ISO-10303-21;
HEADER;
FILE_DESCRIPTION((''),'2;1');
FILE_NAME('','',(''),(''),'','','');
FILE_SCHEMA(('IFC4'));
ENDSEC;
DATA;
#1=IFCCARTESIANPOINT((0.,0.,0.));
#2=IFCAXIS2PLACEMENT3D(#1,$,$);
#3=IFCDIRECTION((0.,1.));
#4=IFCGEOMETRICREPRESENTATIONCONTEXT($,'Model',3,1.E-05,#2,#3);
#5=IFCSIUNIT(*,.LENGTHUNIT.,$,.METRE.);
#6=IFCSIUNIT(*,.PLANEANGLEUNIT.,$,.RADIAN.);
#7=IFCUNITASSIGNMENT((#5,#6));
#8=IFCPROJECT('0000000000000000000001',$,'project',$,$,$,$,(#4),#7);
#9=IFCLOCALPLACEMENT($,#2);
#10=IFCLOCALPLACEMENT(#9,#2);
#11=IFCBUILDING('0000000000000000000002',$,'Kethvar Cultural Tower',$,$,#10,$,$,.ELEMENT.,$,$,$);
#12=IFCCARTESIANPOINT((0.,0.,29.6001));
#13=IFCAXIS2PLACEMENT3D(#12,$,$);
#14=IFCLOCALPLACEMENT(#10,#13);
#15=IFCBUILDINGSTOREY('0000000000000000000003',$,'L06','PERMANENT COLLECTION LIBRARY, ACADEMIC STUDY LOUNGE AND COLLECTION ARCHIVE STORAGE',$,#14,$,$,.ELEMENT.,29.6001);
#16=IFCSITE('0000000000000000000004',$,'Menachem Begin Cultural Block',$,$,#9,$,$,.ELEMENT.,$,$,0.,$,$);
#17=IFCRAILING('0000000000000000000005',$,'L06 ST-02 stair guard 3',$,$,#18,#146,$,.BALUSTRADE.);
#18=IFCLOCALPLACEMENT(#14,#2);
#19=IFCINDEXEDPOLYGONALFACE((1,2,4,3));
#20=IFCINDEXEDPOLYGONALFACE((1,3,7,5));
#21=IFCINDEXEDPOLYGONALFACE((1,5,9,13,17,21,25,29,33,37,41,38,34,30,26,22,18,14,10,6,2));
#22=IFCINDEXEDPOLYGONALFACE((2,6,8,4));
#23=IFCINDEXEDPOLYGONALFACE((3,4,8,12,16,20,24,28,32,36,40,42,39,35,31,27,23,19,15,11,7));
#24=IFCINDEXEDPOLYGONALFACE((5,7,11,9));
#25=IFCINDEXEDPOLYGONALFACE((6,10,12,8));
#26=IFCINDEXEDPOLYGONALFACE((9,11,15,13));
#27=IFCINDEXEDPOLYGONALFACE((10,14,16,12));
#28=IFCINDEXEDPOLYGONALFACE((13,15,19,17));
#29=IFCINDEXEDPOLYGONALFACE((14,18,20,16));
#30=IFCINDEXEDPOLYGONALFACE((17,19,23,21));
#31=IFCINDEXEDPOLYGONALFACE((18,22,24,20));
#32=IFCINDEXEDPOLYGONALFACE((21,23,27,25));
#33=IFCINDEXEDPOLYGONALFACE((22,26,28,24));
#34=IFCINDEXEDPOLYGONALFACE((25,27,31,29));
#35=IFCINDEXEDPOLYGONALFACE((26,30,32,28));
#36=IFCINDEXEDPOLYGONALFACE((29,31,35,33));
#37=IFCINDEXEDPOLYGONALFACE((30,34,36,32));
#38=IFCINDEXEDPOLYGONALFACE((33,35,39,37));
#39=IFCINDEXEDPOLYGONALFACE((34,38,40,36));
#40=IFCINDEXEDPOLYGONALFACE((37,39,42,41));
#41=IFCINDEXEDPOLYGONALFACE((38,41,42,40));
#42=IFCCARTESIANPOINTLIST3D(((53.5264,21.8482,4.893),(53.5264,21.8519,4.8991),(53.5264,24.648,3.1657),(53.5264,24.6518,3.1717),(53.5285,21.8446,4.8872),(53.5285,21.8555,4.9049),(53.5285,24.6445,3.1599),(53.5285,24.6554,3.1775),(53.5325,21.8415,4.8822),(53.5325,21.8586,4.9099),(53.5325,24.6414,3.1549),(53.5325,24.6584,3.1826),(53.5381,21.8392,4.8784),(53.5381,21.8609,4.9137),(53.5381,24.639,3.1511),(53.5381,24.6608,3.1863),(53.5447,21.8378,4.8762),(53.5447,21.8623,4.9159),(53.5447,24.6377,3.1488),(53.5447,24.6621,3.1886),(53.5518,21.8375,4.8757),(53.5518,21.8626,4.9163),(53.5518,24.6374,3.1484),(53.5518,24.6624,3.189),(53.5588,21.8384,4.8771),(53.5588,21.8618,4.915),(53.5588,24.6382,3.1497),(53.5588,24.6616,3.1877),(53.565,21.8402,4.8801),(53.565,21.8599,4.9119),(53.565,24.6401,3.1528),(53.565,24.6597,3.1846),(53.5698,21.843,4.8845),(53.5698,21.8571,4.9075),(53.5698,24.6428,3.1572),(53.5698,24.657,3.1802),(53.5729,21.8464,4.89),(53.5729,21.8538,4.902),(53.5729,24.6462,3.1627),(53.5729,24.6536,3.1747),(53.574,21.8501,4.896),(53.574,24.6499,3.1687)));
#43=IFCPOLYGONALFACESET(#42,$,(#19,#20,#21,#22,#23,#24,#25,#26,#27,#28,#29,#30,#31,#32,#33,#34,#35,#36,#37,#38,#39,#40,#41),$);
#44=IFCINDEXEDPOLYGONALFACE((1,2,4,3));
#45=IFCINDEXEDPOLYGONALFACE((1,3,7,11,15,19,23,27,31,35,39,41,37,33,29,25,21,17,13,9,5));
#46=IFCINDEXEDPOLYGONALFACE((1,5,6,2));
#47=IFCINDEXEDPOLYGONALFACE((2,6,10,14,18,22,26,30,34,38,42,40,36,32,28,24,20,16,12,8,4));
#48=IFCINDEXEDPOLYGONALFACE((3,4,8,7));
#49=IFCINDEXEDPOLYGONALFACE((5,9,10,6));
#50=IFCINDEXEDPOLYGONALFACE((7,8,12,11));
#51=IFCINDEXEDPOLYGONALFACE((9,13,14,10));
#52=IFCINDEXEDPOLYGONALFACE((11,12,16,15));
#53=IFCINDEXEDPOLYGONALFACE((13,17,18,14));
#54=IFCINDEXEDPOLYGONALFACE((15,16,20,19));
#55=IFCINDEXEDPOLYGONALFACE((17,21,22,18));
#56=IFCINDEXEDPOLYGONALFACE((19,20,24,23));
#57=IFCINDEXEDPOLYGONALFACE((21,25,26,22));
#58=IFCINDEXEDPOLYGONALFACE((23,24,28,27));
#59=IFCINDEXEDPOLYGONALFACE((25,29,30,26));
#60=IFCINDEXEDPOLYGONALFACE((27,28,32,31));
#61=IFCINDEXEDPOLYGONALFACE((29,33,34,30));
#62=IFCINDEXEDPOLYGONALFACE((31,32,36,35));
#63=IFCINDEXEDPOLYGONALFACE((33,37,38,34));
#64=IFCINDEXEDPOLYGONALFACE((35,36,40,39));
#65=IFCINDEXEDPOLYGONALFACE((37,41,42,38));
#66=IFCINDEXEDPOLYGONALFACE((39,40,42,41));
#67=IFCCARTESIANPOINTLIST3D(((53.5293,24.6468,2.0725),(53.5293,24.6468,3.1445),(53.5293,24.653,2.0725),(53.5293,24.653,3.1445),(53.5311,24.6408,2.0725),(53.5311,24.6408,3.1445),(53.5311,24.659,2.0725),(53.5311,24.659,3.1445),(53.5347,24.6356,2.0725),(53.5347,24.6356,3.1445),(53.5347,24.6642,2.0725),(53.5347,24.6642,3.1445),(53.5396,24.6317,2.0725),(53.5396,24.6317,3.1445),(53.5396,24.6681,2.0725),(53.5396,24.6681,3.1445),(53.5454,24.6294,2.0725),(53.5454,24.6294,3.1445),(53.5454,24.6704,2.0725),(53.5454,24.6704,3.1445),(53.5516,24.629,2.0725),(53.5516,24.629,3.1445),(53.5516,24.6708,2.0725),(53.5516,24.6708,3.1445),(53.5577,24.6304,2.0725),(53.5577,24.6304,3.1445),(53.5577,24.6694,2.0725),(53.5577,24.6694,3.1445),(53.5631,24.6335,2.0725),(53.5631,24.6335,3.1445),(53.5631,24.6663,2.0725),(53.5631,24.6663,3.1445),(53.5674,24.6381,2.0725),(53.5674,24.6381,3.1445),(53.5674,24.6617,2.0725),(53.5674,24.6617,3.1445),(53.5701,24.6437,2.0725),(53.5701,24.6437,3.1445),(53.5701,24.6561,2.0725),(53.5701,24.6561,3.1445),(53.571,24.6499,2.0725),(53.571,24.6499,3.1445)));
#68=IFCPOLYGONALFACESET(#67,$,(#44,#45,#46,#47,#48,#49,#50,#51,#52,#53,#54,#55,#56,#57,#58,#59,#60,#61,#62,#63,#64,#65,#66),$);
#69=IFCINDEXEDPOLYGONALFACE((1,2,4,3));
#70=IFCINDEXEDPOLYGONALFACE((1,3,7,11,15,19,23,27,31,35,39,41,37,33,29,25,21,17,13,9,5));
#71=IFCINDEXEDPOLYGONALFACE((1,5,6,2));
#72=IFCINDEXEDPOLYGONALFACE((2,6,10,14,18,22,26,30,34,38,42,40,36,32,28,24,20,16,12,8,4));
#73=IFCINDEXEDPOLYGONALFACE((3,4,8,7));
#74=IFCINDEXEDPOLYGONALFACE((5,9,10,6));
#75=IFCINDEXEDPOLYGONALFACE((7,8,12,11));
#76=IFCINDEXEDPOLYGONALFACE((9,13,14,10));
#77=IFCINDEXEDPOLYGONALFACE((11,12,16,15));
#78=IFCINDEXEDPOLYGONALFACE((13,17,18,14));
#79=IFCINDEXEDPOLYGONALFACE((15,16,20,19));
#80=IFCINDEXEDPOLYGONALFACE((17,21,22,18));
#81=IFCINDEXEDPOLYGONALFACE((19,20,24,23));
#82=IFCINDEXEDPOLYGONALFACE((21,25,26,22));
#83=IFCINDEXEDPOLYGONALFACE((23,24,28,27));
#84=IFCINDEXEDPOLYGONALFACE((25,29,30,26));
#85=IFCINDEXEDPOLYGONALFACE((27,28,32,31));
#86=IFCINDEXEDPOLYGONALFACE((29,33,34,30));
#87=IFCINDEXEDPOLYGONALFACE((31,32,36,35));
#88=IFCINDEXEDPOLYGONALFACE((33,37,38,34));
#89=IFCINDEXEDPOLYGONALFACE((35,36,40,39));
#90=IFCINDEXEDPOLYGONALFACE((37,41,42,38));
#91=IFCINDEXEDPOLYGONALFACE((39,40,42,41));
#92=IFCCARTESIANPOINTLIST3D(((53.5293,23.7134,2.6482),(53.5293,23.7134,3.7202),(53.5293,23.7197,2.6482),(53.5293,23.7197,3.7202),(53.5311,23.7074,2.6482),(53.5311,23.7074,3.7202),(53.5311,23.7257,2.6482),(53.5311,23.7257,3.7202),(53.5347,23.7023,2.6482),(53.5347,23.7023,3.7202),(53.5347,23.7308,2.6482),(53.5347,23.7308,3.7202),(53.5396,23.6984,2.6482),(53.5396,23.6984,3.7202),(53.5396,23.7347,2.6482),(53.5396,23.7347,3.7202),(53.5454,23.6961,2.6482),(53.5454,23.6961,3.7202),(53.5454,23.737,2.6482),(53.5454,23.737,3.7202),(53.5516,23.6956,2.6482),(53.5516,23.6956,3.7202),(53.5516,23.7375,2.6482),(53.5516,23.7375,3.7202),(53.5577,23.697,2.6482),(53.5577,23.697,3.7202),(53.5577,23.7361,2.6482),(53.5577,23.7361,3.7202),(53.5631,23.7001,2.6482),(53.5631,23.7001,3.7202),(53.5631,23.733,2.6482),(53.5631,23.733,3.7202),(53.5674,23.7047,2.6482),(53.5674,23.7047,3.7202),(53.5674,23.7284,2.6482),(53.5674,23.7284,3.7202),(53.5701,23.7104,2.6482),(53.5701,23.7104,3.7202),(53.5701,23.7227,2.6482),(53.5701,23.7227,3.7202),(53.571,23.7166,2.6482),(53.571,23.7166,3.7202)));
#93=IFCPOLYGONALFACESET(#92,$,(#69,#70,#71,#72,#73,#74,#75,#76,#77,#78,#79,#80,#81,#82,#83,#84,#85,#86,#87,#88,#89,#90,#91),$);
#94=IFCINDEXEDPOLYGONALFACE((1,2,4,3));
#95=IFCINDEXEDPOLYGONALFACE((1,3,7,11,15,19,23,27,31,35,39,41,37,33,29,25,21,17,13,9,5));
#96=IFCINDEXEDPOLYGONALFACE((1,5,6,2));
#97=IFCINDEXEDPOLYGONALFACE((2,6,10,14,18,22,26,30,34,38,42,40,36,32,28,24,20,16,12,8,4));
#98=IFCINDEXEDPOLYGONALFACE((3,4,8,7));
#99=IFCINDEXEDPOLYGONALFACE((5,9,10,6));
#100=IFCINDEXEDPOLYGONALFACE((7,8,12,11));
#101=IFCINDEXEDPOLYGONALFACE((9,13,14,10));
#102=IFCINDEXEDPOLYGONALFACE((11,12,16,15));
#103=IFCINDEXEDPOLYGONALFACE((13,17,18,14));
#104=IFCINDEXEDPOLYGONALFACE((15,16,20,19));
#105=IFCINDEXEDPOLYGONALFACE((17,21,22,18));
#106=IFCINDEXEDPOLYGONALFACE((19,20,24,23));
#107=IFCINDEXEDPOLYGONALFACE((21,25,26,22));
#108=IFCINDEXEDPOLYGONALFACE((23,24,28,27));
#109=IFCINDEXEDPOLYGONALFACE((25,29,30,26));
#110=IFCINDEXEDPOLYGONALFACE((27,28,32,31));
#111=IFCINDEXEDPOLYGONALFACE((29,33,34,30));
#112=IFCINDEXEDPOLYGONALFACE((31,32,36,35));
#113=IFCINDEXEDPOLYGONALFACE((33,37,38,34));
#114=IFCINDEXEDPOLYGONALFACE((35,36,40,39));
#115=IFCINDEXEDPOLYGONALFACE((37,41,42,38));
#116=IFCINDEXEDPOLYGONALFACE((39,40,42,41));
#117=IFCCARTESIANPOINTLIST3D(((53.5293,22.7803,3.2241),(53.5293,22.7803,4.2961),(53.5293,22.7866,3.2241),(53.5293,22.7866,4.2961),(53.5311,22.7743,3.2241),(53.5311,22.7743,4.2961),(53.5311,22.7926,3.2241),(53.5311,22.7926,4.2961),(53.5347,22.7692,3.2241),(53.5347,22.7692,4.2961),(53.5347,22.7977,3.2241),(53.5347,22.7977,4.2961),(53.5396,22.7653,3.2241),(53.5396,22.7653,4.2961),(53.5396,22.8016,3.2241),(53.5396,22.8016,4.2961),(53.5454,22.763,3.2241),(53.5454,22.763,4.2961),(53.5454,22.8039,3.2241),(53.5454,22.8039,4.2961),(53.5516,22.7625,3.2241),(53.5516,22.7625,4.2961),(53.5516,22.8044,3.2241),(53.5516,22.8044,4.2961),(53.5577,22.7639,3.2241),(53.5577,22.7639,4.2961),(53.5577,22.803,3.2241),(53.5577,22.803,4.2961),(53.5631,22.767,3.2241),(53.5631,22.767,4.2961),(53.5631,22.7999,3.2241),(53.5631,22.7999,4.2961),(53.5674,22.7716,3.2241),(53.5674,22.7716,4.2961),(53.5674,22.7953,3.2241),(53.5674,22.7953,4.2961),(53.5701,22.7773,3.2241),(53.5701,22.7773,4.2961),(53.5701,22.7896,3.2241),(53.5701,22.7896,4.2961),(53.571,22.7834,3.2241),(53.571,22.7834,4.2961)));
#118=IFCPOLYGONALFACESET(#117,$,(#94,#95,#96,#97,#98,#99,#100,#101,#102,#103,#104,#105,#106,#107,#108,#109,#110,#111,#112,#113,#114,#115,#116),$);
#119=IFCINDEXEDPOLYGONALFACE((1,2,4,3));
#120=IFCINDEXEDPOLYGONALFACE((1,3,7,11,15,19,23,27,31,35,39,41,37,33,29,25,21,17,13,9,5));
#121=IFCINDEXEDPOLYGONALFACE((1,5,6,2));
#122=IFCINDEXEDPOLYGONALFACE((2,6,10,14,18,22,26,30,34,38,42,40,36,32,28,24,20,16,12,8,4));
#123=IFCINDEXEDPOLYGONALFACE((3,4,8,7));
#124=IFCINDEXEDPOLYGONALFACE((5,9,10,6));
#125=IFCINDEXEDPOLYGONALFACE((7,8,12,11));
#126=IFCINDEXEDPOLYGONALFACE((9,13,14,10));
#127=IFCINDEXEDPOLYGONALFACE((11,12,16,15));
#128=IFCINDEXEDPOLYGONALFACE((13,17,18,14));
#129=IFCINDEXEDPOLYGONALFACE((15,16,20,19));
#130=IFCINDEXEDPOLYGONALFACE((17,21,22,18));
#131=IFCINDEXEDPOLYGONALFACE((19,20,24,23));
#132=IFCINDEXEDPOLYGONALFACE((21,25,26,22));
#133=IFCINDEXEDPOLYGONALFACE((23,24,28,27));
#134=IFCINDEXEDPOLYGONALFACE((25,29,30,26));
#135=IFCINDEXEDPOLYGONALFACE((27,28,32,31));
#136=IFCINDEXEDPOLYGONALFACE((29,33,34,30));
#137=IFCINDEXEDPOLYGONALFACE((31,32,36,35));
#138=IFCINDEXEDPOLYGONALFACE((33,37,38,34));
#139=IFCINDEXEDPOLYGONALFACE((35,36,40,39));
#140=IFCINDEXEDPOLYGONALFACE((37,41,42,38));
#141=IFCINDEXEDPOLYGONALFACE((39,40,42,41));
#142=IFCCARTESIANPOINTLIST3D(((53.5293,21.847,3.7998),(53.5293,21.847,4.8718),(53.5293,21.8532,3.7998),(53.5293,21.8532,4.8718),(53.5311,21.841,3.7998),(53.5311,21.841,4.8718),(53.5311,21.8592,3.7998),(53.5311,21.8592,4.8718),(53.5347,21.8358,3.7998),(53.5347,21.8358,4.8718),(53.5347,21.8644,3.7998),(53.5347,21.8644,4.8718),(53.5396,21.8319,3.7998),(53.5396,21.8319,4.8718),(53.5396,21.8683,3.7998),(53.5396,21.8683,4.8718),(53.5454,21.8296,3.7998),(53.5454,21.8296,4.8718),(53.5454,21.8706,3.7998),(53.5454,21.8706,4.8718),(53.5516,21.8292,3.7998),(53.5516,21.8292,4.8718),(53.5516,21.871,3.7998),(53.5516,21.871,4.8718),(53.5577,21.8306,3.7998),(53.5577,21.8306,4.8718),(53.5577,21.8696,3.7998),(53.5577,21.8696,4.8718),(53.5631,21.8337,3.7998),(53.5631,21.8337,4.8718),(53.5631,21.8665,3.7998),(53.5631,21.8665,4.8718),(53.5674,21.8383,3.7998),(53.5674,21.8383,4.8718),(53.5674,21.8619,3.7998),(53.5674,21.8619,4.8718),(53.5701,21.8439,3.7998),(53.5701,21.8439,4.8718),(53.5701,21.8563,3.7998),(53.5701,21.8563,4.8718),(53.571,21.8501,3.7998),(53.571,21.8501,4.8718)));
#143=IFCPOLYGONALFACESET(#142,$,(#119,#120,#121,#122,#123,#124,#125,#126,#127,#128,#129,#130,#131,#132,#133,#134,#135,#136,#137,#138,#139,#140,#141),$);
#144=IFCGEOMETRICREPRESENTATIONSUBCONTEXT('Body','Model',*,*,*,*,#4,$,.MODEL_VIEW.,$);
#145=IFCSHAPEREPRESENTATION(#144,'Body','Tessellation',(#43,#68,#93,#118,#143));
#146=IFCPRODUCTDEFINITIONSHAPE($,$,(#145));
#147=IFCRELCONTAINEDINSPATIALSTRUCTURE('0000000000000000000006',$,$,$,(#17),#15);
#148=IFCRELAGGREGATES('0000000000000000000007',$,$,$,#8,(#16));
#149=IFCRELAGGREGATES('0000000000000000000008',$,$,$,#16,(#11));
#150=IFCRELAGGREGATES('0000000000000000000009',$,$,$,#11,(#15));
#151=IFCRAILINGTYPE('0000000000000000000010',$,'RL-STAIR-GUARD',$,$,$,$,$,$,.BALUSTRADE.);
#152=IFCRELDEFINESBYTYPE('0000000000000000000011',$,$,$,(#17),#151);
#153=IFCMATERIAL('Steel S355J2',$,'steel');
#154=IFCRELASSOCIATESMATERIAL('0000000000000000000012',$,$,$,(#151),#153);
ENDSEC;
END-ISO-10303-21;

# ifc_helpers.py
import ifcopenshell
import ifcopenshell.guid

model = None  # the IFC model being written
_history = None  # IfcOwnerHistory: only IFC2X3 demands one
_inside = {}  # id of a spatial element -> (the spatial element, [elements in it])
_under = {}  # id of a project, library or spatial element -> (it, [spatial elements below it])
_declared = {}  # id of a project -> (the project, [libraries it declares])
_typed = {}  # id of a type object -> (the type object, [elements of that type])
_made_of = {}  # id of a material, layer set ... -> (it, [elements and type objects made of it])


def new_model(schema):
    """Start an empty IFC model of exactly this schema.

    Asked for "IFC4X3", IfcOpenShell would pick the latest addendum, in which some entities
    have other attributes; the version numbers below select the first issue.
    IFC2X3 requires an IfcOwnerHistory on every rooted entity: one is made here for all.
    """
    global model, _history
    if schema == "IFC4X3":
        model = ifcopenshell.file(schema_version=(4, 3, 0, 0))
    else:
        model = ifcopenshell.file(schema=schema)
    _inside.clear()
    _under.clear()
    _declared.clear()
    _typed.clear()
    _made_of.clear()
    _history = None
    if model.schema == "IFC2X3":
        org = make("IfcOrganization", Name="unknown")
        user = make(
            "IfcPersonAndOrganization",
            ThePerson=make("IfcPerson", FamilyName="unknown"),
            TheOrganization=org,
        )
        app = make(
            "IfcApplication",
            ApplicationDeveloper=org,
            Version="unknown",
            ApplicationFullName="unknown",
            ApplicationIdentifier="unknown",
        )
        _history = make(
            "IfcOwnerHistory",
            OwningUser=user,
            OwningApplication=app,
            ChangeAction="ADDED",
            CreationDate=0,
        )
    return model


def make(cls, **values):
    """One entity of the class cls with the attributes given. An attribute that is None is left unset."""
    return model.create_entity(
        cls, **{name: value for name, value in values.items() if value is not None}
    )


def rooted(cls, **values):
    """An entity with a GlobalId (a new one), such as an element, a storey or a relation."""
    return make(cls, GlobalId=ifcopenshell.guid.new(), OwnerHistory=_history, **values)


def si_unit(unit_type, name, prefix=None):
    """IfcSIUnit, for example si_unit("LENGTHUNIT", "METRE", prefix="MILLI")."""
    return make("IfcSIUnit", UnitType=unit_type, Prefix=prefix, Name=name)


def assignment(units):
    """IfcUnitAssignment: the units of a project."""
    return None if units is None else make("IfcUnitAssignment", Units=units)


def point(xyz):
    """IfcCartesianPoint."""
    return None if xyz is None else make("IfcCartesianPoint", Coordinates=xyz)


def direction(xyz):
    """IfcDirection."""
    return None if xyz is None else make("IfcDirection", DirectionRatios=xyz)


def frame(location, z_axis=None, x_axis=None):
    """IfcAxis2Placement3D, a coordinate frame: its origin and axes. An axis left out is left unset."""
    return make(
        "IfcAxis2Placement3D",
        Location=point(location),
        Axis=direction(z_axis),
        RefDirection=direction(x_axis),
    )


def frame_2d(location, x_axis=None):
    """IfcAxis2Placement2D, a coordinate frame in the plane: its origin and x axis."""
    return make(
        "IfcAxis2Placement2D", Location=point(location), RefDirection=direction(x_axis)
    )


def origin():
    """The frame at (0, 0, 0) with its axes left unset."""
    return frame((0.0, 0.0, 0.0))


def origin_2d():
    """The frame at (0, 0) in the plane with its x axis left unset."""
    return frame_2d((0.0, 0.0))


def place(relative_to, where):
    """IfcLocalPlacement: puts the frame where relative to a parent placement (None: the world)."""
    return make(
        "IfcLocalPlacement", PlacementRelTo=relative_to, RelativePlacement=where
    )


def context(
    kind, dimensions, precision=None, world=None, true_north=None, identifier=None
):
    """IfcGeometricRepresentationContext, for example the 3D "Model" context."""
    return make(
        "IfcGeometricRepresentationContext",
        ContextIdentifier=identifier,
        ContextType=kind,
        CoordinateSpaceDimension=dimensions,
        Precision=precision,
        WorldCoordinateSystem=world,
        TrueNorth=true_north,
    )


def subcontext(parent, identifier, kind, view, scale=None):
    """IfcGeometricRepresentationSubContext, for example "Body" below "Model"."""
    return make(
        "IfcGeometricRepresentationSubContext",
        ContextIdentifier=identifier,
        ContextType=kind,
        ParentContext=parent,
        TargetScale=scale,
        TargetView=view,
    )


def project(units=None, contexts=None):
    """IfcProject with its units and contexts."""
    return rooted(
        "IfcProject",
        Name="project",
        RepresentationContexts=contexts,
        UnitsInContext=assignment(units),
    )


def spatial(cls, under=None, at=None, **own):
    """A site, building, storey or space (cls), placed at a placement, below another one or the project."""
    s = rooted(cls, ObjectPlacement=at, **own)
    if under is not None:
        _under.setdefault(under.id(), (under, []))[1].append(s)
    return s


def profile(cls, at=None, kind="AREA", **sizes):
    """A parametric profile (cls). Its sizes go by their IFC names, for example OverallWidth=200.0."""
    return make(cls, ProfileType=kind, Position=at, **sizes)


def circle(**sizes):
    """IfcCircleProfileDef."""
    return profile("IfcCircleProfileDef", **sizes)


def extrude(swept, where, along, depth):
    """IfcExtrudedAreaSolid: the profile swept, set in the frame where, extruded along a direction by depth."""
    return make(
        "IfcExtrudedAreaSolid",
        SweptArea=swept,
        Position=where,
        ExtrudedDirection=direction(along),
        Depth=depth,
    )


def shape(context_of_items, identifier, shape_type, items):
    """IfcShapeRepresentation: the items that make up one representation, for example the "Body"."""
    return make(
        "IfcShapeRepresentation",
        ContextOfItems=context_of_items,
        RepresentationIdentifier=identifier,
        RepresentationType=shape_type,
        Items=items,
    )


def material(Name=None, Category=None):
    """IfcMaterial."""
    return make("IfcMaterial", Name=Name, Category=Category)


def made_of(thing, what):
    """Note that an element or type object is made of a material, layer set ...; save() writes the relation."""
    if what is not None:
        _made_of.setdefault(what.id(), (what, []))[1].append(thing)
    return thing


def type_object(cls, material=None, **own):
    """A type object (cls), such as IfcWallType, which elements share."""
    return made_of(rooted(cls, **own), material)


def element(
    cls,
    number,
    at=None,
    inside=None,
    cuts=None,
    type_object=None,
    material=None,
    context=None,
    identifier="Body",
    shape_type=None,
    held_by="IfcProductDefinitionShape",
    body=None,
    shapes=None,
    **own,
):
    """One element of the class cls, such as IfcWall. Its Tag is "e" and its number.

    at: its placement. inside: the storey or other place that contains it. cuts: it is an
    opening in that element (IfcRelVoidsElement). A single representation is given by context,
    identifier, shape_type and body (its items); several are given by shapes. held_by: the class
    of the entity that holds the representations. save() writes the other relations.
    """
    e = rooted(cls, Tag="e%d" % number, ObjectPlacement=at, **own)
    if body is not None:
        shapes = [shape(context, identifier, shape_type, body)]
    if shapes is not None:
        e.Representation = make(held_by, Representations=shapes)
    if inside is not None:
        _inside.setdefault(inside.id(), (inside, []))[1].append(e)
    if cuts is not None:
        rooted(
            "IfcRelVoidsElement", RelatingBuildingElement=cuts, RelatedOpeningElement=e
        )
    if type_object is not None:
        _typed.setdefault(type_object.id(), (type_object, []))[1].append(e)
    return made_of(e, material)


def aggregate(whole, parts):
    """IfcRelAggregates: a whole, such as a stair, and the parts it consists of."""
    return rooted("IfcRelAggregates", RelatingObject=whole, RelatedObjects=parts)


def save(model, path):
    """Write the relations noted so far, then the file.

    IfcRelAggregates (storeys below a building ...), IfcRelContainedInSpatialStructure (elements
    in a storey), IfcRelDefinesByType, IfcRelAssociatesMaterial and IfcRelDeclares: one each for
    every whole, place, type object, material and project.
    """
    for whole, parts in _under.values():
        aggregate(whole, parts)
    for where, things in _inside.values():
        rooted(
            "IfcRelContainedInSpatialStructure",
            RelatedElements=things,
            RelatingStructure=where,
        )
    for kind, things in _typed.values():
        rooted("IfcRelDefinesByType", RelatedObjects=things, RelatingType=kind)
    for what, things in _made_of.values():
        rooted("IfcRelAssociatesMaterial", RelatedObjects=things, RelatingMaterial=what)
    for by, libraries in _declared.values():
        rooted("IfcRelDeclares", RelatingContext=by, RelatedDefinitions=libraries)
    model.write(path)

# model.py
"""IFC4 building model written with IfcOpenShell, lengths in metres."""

from ifc_helpers import new_model, si_unit, direction, frame, origin, origin_2d, place, context, subcontext, project, spatial, circle, extrude, material, type_object, element, save


model = new_model("IFC4")

# Units and contexts
model_context = context("Model", 3, precision=1e-05, world=origin(), true_north=direction((0.0, 1.0)))
body_context = subcontext(model_context, "Body", "Model", "MODEL_VIEW")
ifc_project = project(units=[si_unit("LENGTHUNIT", "METRE"), si_unit("PLANEANGLEUNIT", "RADIAN")], contexts=[model_context])

# Site, building, storey
site_placement = place(None, origin())
site = spatial("IfcSite", under=ifc_project, at=site_placement, Name="Menachem Begin Cultural Block", CompositionType="ELEMENT", RefElevation=0.0)
building_placement = place(site_placement, origin())
building = spatial("IfcBuilding", under=site, at=building_placement, Name="Kethvar Cultural Tower", CompositionType="ELEMENT")
storey_placement = place(building_placement, frame((0.0, 0.0, 29.6001)))
storey = spatial("IfcBuildingStorey", under=building, at=storey_placement, Name="L06", Description="PERMANENT COLLECTION LIBRARY, ACADEMIC STUDY LOUNGE AND COLLECTION ARCHIVE STORAGE", CompositionType="ELEMENT", Elevation=29.6001)

# Shared definitions
ifc_material_1 = material(Name="Steel S355J2", Category="steel")

# Railing
railing_type_1 = type_object("IfcRailingType", Name="RL-STAIR-GUARD", PredefinedType="BALUSTRADE", material=ifc_material_1)
railing_1_placement = place(storey_placement, frame((53.55, 24.6499, 2.0725)))
element("IfcRailing", 1, at=railing_1_placement, inside=storey, type_object=railing_type_1, Name="L06 ST-02 stair guard 3", PredefinedType="BALUSTRADE", context=body_context, shape_type="SweptSolid", body=[
    extrude(circle(Radius=0.0239, at=origin_2d()), frame((0.0, 0.0, 1.0962), z_axis=(0.0, -0.851069, 0.525054), x_axis=(1.0, 0.0, 0.0)), (0.0, 0.0, 1.0), 3.2898),
    extrude(circle(Radius=0.021, at=origin_2d()), origin(), (0.0, 0.0, 1.0), 1.072),
    extrude(circle(Radius=0.021, at=origin_2d()), frame((0.0, -0.9333, 0.5757)), (0.0, 0.0, 1.0), 1.072),
    extrude(circle(Radius=0.021, at=origin_2d()), frame((0.0, -1.8665, 1.1516)), (0.0, 0.0, 1.0), 1.072),
    extrude(circle(Radius=0.021, at=origin_2d()), frame((0.0, -2.7998, 1.7273)), (0.0, 0.0, 1.0), 1.072),
])

save(model, "model.ifc")
